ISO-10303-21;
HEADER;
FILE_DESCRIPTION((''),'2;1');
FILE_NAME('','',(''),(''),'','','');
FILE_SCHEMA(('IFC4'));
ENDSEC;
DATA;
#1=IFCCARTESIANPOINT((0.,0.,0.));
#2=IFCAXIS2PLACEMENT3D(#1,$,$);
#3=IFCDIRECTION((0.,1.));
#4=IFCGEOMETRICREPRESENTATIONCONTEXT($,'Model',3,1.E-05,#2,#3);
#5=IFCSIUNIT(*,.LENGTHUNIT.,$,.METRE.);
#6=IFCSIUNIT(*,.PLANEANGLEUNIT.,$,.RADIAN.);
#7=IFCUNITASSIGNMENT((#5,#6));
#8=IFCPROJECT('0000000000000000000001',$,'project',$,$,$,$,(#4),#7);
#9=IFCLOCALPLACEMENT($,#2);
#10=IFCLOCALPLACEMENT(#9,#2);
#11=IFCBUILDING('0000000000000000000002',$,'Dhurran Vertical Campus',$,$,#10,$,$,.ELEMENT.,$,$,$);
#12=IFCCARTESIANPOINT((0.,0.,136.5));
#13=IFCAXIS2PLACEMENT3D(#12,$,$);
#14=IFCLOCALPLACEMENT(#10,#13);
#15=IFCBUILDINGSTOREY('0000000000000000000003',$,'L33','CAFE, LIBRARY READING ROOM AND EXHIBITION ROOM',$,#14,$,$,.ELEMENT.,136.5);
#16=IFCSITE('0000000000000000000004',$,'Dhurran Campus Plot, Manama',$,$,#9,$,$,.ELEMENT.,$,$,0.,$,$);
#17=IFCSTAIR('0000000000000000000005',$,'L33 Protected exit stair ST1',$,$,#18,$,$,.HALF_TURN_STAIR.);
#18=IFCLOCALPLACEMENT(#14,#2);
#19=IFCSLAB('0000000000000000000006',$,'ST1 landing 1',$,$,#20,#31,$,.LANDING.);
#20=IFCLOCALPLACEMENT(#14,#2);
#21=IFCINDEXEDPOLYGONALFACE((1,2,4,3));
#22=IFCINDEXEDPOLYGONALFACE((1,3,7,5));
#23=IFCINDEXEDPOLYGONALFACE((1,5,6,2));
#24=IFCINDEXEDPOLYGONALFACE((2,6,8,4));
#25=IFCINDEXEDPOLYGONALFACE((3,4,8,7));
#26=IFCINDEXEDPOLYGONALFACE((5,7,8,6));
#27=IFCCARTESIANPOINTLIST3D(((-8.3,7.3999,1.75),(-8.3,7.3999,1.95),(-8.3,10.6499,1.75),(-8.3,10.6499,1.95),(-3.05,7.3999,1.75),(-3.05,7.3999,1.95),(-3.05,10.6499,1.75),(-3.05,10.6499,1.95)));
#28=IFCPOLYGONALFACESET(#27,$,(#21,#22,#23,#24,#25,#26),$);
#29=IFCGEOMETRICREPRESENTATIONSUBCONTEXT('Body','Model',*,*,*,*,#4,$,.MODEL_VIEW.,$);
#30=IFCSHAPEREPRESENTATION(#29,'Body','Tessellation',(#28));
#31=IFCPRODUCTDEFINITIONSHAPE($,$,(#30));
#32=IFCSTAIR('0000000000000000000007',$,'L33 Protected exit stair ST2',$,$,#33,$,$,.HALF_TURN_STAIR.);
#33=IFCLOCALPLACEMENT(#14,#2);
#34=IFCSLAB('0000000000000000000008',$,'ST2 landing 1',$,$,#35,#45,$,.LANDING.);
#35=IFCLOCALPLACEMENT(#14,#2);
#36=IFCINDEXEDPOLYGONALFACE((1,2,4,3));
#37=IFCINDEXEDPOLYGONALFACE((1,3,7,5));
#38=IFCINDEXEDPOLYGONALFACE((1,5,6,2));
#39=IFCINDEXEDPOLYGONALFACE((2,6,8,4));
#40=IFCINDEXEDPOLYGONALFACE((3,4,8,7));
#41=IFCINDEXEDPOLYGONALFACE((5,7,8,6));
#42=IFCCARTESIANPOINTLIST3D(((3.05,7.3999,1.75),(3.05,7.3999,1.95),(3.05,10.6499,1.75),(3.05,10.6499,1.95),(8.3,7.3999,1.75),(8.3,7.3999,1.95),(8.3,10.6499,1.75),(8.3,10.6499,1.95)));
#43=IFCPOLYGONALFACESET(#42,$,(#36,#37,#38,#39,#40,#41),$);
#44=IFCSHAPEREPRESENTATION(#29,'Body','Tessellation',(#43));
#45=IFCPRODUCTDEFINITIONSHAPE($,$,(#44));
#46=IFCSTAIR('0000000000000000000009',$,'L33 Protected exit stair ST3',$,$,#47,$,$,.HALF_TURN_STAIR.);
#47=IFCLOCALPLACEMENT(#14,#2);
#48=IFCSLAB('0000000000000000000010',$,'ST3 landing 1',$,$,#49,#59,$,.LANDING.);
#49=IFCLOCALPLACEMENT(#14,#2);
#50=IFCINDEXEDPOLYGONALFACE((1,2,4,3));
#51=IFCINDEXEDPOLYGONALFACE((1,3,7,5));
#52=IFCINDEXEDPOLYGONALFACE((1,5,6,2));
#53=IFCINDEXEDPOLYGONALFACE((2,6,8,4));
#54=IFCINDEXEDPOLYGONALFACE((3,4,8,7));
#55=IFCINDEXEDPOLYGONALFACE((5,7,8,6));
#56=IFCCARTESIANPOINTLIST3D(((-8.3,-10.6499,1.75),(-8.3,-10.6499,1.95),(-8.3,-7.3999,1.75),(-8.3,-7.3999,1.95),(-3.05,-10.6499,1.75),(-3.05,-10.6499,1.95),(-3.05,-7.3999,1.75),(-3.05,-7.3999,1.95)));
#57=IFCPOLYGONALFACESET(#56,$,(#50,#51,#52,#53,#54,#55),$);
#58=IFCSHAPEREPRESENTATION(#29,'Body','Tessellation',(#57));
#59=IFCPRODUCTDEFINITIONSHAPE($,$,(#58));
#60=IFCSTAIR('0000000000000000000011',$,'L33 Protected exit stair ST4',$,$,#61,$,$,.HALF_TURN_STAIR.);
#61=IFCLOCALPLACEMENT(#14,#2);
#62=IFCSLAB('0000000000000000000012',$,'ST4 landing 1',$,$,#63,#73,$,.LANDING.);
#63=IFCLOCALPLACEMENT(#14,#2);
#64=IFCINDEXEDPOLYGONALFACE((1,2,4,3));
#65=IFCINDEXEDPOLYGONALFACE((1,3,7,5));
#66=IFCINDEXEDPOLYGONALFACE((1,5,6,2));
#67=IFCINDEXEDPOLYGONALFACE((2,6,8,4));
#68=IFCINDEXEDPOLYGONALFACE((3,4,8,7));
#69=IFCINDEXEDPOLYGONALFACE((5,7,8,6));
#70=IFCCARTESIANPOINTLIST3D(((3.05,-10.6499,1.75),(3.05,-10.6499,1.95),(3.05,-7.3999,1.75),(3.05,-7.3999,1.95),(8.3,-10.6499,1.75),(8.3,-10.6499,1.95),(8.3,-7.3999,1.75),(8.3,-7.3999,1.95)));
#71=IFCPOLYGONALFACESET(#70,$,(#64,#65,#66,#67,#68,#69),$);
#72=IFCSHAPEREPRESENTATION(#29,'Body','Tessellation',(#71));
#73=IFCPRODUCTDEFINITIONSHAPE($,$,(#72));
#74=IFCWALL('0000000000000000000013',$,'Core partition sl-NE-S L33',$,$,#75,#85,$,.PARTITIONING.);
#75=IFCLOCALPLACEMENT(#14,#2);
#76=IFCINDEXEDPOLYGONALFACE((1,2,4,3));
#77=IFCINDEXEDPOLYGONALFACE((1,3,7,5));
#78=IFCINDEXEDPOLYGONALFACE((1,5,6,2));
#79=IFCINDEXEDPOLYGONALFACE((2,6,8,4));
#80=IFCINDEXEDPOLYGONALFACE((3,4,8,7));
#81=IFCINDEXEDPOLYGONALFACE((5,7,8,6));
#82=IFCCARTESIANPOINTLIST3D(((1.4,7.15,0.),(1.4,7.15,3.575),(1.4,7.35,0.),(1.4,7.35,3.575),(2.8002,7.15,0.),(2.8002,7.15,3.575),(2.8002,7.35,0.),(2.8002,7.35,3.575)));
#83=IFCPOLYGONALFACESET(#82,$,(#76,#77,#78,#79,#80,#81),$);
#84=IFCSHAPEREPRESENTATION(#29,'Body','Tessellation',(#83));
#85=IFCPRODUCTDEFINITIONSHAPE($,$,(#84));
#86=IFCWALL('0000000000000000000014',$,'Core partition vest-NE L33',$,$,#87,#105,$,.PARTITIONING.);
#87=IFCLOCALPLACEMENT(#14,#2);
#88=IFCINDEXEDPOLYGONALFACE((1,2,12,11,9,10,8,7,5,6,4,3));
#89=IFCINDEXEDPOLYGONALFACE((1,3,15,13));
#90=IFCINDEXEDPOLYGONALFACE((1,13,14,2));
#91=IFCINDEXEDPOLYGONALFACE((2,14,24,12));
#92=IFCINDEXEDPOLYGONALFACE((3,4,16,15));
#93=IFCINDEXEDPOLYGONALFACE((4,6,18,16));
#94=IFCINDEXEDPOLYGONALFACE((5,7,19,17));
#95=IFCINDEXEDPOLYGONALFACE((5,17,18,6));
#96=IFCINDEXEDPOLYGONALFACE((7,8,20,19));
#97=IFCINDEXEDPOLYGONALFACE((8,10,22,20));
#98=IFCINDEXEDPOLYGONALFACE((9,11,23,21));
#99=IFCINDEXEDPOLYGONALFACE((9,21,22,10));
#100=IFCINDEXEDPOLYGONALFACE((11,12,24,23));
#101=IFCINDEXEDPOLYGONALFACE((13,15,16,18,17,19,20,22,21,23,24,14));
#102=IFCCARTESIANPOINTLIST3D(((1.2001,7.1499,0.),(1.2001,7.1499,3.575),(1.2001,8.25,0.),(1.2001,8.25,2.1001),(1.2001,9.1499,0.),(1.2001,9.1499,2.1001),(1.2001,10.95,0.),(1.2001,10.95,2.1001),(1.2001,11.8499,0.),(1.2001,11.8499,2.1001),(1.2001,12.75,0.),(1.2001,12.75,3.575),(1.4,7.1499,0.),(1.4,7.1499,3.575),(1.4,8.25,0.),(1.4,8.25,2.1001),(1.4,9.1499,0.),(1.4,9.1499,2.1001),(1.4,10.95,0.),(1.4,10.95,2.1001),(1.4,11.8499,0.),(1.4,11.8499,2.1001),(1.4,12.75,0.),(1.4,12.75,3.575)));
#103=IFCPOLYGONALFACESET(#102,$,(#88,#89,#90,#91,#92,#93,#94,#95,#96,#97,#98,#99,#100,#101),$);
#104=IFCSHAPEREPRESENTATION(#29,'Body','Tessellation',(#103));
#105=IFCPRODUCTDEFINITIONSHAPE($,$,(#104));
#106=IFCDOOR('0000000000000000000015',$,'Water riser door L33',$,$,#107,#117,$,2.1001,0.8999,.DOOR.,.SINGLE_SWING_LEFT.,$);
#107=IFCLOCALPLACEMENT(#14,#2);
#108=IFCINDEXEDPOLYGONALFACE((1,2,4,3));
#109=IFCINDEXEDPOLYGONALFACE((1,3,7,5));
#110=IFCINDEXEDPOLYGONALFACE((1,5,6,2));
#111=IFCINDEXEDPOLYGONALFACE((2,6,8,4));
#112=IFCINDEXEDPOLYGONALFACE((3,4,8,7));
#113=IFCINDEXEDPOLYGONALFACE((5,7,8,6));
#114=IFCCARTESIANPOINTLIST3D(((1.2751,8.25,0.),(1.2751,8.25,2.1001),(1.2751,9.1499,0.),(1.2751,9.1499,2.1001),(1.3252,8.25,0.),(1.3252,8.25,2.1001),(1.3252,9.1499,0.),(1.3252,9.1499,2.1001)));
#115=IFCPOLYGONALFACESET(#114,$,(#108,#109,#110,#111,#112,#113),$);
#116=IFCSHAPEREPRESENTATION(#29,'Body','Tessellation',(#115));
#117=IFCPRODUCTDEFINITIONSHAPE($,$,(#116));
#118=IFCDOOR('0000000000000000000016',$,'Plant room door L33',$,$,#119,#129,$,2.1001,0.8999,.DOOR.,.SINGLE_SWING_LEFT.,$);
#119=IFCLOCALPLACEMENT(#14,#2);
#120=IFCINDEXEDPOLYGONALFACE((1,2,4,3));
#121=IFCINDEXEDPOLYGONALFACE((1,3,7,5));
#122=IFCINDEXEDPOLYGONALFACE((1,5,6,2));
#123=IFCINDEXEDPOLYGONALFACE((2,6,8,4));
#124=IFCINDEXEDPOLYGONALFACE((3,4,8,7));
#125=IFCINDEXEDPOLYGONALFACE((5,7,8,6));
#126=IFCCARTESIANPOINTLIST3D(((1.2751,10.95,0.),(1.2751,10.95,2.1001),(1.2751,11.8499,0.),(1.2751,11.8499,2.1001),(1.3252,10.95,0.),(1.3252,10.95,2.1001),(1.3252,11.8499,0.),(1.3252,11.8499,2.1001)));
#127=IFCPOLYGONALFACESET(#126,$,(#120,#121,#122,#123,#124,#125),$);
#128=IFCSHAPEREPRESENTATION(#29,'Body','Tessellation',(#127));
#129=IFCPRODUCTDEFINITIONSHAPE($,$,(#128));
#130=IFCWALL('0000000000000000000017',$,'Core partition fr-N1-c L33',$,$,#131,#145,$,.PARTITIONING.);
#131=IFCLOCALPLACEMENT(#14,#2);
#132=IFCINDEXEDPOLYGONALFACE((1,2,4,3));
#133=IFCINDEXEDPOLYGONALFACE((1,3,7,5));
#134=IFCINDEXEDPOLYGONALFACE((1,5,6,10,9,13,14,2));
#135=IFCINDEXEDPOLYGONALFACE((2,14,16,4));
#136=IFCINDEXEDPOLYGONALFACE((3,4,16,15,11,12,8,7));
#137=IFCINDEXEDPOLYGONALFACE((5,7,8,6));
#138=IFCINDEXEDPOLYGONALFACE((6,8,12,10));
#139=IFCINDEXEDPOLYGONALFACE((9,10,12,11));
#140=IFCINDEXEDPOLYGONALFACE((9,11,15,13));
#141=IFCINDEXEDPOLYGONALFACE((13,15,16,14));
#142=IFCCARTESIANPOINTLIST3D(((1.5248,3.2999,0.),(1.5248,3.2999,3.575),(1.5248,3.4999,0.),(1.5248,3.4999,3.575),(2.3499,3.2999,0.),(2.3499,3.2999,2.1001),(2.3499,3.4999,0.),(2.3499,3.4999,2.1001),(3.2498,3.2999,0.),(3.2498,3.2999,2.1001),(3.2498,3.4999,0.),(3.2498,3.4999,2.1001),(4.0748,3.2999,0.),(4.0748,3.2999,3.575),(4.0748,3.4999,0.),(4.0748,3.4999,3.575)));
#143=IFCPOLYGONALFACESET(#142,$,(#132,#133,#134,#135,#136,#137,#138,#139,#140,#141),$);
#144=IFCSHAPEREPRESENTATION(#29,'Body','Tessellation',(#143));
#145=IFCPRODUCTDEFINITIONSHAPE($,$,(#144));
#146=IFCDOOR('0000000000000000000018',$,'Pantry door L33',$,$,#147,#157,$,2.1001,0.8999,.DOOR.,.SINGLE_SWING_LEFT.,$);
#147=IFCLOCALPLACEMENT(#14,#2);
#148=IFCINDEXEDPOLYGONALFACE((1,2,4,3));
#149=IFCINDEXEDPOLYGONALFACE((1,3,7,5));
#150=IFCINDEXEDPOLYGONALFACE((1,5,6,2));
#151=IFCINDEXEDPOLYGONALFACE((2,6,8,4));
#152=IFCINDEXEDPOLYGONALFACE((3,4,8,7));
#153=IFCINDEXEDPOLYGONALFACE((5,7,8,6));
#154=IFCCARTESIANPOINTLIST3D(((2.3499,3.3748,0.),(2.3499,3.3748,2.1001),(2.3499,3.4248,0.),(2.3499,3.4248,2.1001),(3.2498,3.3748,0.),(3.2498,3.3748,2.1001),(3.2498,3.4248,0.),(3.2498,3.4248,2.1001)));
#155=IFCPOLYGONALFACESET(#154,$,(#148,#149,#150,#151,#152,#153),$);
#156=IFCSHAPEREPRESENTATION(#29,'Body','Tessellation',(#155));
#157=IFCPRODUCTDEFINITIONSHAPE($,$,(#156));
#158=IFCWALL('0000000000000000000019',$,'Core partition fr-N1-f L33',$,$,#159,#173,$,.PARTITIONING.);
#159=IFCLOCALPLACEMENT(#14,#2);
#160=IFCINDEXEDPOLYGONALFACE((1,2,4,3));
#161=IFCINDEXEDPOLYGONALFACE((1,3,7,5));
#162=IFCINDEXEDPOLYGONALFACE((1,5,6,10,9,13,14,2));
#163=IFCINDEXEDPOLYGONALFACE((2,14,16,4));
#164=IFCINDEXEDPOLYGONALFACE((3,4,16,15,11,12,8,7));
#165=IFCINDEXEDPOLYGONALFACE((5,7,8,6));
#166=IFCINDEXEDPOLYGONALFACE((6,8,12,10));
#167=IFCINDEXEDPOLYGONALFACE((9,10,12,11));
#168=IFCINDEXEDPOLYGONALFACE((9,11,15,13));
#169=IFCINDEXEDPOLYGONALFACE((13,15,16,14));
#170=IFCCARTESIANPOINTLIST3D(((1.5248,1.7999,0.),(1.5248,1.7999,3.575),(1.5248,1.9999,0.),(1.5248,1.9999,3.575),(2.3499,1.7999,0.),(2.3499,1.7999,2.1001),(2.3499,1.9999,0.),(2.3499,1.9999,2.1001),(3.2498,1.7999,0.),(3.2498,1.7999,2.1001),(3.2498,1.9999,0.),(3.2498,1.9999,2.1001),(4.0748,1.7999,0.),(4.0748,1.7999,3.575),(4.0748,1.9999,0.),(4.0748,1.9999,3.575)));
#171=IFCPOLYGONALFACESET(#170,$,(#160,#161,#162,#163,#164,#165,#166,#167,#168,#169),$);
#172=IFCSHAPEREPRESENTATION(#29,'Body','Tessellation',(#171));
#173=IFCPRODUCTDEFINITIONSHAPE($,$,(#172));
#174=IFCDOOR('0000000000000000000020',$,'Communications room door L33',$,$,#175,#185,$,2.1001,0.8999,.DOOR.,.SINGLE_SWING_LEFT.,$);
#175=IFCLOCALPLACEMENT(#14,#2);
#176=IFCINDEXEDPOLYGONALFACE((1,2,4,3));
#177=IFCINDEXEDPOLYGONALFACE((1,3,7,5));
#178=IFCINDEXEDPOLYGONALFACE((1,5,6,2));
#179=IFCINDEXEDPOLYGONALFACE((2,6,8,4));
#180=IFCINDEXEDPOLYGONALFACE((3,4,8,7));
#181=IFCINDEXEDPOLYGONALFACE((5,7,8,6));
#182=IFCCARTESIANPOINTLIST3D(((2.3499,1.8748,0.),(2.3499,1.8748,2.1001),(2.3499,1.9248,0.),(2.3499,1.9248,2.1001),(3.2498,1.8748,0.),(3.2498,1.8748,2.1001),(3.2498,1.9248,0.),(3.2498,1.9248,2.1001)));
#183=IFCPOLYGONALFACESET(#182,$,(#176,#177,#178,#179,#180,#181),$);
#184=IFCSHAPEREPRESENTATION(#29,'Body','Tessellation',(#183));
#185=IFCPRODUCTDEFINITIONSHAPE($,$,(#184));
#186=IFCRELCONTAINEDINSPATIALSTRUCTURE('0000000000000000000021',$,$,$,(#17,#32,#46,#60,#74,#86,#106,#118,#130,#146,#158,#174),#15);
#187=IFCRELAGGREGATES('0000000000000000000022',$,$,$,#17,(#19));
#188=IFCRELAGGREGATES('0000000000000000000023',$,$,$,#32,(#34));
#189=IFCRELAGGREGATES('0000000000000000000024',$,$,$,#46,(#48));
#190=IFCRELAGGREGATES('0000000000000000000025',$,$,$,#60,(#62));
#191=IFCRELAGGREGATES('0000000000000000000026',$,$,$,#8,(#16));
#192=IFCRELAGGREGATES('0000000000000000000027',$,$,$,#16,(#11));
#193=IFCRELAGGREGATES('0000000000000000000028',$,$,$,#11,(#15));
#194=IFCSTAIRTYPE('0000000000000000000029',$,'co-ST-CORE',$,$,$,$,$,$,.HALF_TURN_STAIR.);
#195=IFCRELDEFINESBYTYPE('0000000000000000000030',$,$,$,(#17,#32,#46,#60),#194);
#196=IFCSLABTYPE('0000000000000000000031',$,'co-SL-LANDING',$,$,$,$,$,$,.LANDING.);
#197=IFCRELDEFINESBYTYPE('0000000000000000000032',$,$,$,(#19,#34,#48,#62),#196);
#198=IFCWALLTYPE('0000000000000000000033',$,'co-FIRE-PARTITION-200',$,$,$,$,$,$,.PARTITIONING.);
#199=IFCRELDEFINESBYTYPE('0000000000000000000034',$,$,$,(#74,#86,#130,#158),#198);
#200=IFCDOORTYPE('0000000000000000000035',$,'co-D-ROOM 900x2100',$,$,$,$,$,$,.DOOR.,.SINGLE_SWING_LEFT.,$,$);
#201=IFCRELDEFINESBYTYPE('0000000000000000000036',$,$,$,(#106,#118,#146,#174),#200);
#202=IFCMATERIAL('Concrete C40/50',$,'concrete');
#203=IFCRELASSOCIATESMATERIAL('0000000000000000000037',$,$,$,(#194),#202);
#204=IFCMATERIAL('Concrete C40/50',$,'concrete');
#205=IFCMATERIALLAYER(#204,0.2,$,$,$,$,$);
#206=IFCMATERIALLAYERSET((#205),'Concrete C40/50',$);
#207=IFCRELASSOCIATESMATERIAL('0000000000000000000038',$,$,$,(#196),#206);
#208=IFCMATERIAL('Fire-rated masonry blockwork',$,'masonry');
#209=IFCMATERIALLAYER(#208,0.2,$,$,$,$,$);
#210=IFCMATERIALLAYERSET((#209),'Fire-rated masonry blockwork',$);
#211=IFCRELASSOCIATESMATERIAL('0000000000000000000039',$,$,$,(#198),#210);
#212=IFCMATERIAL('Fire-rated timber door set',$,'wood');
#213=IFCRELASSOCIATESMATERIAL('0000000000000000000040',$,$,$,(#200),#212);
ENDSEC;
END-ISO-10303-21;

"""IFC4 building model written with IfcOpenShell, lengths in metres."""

from ifc_helpers import new_model, si_unit, direction, frame, frame_2d, origin, place, context, subcontext, project, spatial, polyline, rectangle, outline, extrude, material, layer, layer_set, type_object, element, fill, aggregate, save


model = new_model("IFC4")

# Units and contexts
model_context = context("Model", 3, precision=1e-05, world=origin(), true_north=direction((0.0, 1.0)))
body_context = subcontext(model_context, "Body", "Model", "MODEL_VIEW")
ifc_project = project(units=[si_unit("LENGTHUNIT", "METRE"), si_unit("PLANEANGLEUNIT", "RADIAN")], contexts=[model_context])

# Site, building, storey
site_placement = place(None, origin())
site = spatial("IfcSite", under=ifc_project, at=site_placement, Name="Dhurran Campus Plot, Manama", CompositionType="ELEMENT", RefElevation=0.0)
building_placement = place(site_placement, origin())
building = spatial("IfcBuilding", under=site, at=building_placement, Name="Dhurran Vertical Campus", CompositionType="ELEMENT")
storey_placement = place(building_placement, frame((0.0, 0.0, 136.5)))
storey = spatial("IfcBuildingStorey", under=building, at=storey_placement, Name="L33", Description="CAFE, LIBRARY READING ROOM AND EXHIBITION ROOM", CompositionType="ELEMENT", Elevation=136.5)

# Stairs, slabs
ifc_material_1 = material(Name="Concrete C40/50", Category="concrete")
stair_type = type_object("IfcStairType", Name="co-ST-CORE", PredefinedType="HALF_TURN_STAIR", material=ifc_material_1)
stair_1_placement = place(storey_placement, origin())
stair_1 = element("IfcStair", 1, at=stair_1_placement, inside=storey, type_object=stair_type, Name="L33 Protected exit stair ST1", PredefinedType="HALF_TURN_STAIR")
ifc_material_2 = material(Name="Concrete C40/50", Category="concrete")
ifc_layer_1 = layer(ifc_material_2, 0.2)
ifc_layer_set_1 = layer_set([ifc_layer_1], Name="Concrete C40/50")
slab_type = type_object("IfcSlabType", Name="co-SL-LANDING", PredefinedType="LANDING", material=ifc_layer_set_1)
slab_1_placement = place(storey_placement, frame((0.0, 0.0, 1.75)))
slab_1 = element("IfcSlab", 2, at=slab_1_placement, type_object=slab_type, Name="ST1 landing 1", PredefinedType="LANDING", context=body_context, shape_type="SweptSolid", body=[
    extrude(outline(polyline([(-8.3, 7.3999), (-3.05, 7.3999), (-3.05, 10.6499), (-8.3, 10.6499), (-8.3, 7.3999)])), origin(), (0.0, 0.0, 1.0), 0.2),
])
aggregate(stair_1, [slab_1])
stair_2_placement = place(storey_placement, origin())
stair_2 = element("IfcStair", 3, at=stair_2_placement, inside=storey, type_object=stair_type, Name="L33 Protected exit stair ST2", PredefinedType="HALF_TURN_STAIR")
slab_2_placement = place(storey_placement, frame((0.0, 0.0, 1.75)))
slab_2 = element("IfcSlab", 4, at=slab_2_placement, type_object=slab_type, Name="ST2 landing 1", PredefinedType="LANDING", context=body_context, shape_type="SweptSolid", body=[
    extrude(outline(polyline([(8.3, 10.6499), (3.05, 10.6499), (3.05, 7.3999), (8.3, 7.3999), (8.3, 10.6499)])), origin(), (0.0, 0.0, 1.0), 0.2),
])
aggregate(stair_2, [slab_2])
stair_3_placement = place(storey_placement, origin())
stair_3 = element("IfcStair", 5, at=stair_3_placement, inside=storey, type_object=stair_type, Name="L33 Protected exit stair ST3", PredefinedType="HALF_TURN_STAIR")
slab_3_placement = place(storey_placement, frame((0.0, 0.0, 1.75)))
slab_3 = element("IfcSlab", 6, at=slab_3_placement, type_object=slab_type, Name="ST3 landing 1", PredefinedType="LANDING", context=body_context, shape_type="SweptSolid", body=[
    extrude(outline(polyline([(-8.3, -10.6499), (-3.05, -10.6499), (-3.05, -7.3999), (-8.3, -7.3999), (-8.3, -10.6499)])), origin(), (0.0, 0.0, 1.0), 0.2),
])
aggregate(stair_3, [slab_3])
stair_4_placement = place(storey_placement, origin())
stair_4 = element("IfcStair", 7, at=stair_4_placement, inside=storey, type_object=stair_type, Name="L33 Protected exit stair ST4", PredefinedType="HALF_TURN_STAIR")
slab_4_placement = place(storey_placement, frame((0.0, 0.0, 1.75)))
slab_4 = element("IfcSlab", 8, at=slab_4_placement, type_object=slab_type, Name="ST4 landing 1", PredefinedType="LANDING", context=body_context, shape_type="SweptSolid", body=[
    extrude(outline(polyline([(8.3, -7.3999), (3.05, -7.3999), (3.05, -10.6499), (8.3, -10.6499), (8.3, -7.3999)])), origin(), (0.0, 0.0, 1.0), 0.2),
])
aggregate(stair_4, [slab_4])

# Wall
ifc_material_3 = material(Name="Fire-rated masonry blockwork", Category="masonry")
ifc_layer_2 = layer(ifc_material_3, 0.2)
ifc_layer_set_2 = layer_set([ifc_layer_2], Name="Fire-rated masonry blockwork")
wall_type_1 = type_object("IfcWallType", Name="co-FIRE-PARTITION-200", PredefinedType="PARTITIONING", material=ifc_layer_set_2)
wall_1_placement = place(storey_placement, frame((1.3999, 7.25, 0.0), z_axis=(0.0, 0.0, 1.0), x_axis=(1.0, 0.0, 0.0)))
element("IfcWall", 9, at=wall_1_placement, inside=storey, type_object=wall_type_1, Name="Core partition sl-NE-S L33", PredefinedType="PARTITIONING", context=body_context, shape_type="SweptSolid", body=[
    extrude(rectangle(XDim=1.4001, YDim=0.2, at=frame_2d((0.7002, 0.0))), origin(), (0.0, 0.0, 1.0), 3.575),
])

# Wall, openings, doors
wall_2_placement = place(storey_placement, frame((1.3, 7.1499, 0.0), z_axis=(0.0, 0.0, 1.0), x_axis=(0.0, 1.0, 0.0)))
wall_2 = element("IfcWall", 10, at=wall_2_placement, inside=storey, type_object=wall_type_1, Name="Core partition vest-NE L33", PredefinedType="PARTITIONING", context=body_context, shape_type="SweptSolid", body=[
    extrude(rectangle(XDim=5.6001, YDim=0.2, at=frame_2d((2.8, 0.0))), origin(), (0.0, 0.0, 1.0), 3.575),
])
opening_1_placement = place(wall_2_placement, frame((1.1001, 0.0, 0.0)))
opening_1 = element("IfcOpeningElement", 11, at=opening_1_placement, cuts=wall_2, PredefinedType="OPENING", context=body_context, shape_type="SweptSolid", body=[
    extrude(rectangle(XDim=0.8999, YDim=2.1001, at=frame_2d((0.45, 1.05))), frame((0.0, 0.1099, 0.0), z_axis=(0.0, -1.0, 0.0), x_axis=(1.0, 0.0, 0.0)), (0.0, 0.0, 1.0), 0.22),
])
opening_2_placement = place(wall_2_placement, frame((3.8, 0.0, 0.0)))
opening_2 = element("IfcOpeningElement", 12, at=opening_2_placement, cuts=wall_2, PredefinedType="OPENING", context=body_context, shape_type="SweptSolid", body=[
    extrude(rectangle(XDim=0.8999, YDim=2.1001, at=frame_2d((0.45, 1.05))), frame((0.0, 0.1099, 0.0), z_axis=(0.0, -1.0, 0.0), x_axis=(1.0, 0.0, 0.0)), (0.0, 0.0, 1.0), 0.22),
])
ifc_material_4 = material(Name="Fire-rated timber door set", Category="wood")
door_type_1 = type_object("IfcDoorType", Name="co-D-ROOM 900x2100", OperationType="SINGLE_SWING_LEFT", PredefinedType="DOOR", material=ifc_material_4)
door_1_placement = place(opening_1_placement, origin())
door_1 = element("IfcDoor", 13, at=door_1_placement, inside=storey, type_object=door_type_1, Name="Water riser door L33", OperationType="SINGLE_SWING_LEFT", OverallHeight=2.1001, OverallWidth=0.8999, PredefinedType="DOOR", context=body_context, shape_type="SweptSolid", body=[
    extrude(rectangle(XDim=0.8999, YDim=2.1001, at=frame_2d((0.45, 1.05))), frame((0.0, 0.0249, 0.0), z_axis=(0.0, -1.0, 0.0), x_axis=(1.0, 0.0, 0.0)), (0.0, 0.0, 1.0), 0.05),
])
fill(opening_1, door_1)
door_2_placement = place(opening_2_placement, origin())
door_2 = element("IfcDoor", 14, at=door_2_placement, inside=storey, type_object=door_type_1, Name="Plant room door L33", OperationType="SINGLE_SWING_LEFT", OverallHeight=2.1001, OverallWidth=0.8999, PredefinedType="DOOR", context=body_context, shape_type="SweptSolid", body=[
    extrude(rectangle(XDim=0.8999, YDim=2.1001, at=frame_2d((0.45, 1.05))), frame((0.0, 0.0249, 0.0), z_axis=(0.0, -1.0, 0.0), x_axis=(1.0, 0.0, 0.0)), (0.0, 0.0, 1.0), 0.05),
])
fill(opening_2, door_2)

# Walls, openings, doors
wall_3_placement = place(storey_placement, frame((1.5249, 3.3999, 0.0), z_axis=(0.0, 0.0, 1.0), x_axis=(1.0, 0.0, 0.0)))
wall_3 = element("IfcWall", 15, at=wall_3_placement, inside=storey, type_object=wall_type_1, Name="Core partition fr-N1-c L33", PredefinedType="PARTITIONING", context=body_context, shape_type="SweptSolid", body=[
    extrude(rectangle(XDim=2.55, YDim=0.2, at=frame_2d((1.2749, 0.0))), origin(), (0.0, 0.0, 1.0), 3.575),
])
opening_3_placement = place(wall_3_placement, frame((0.825, 0.0, 0.0)))
opening_3 = element("IfcOpeningElement", 16, at=opening_3_placement, cuts=wall_3, PredefinedType="OPENING", context=body_context, shape_type="SweptSolid", body=[
    extrude(rectangle(XDim=0.8999, YDim=2.1001, at=frame_2d((0.45, 1.05))), frame((0.0, 0.1099, 0.0), z_axis=(0.0, -1.0, 0.0), x_axis=(1.0, 0.0, 0.0)), (0.0, 0.0, 1.0), 0.22),
])
door_3_placement = place(opening_3_placement, origin())
door_3 = element("IfcDoor", 17, at=door_3_placement, inside=storey, type_object=door_type_1, Name="Pantry door L33", OperationType="SINGLE_SWING_LEFT", OverallHeight=2.1001, OverallWidth=0.8999, PredefinedType="DOOR", context=body_context, shape_type="SweptSolid", body=[
    extrude(rectangle(XDim=0.8999, YDim=2.1001, at=frame_2d((0.45, 1.05))), frame((0.0, 0.0249, 0.0), z_axis=(0.0, -1.0, 0.0), x_axis=(1.0, 0.0, 0.0)), (0.0, 0.0, 1.0), 0.05),
])
fill(opening_3, door_3)
wall_4_placement = place(storey_placement, frame((1.5249, 1.8999, 0.0), z_axis=(0.0, 0.0, 1.0), x_axis=(1.0, 0.0, 0.0)))
wall_4 = element("IfcWall", 18, at=wall_4_placement, inside=storey, type_object=wall_type_1, Name="Core partition fr-N1-f L33", PredefinedType="PARTITIONING", context=body_context, shape_type="SweptSolid", body=[
    extrude(rectangle(XDim=2.55, YDim=0.2, at=frame_2d((1.2749, 0.0))), origin(), (0.0, 0.0, 1.0), 3.575),
])
opening_4_placement = place(wall_4_placement, frame((0.825, 0.0, 0.0)))
opening_4 = element("IfcOpeningElement", 19, at=opening_4_placement, cuts=wall_4, PredefinedType="OPENING", context=body_context, shape_type="SweptSolid", body=[
    extrude(rectangle(XDim=0.8999, YDim=2.1001, at=frame_2d((0.45, 1.05))), frame((0.0, 0.1099, 0.0), z_axis=(0.0, -1.0, 0.0), x_axis=(1.0, 0.0, 0.0)), (0.0, 0.0, 1.0), 0.22),
])
door_4_placement = place(opening_4_placement, origin())
door_4 = element("IfcDoor", 20, at=door_4_placement, inside=storey, type_object=door_type_1, Name="Communications room door L33", OperationType="SINGLE_SWING_LEFT", OverallHeight=2.1001, OverallWidth=0.8999, PredefinedType="DOOR", context=body_context, shape_type="SweptSolid", body=[
    extrude(rectangle(XDim=0.8999, YDim=2.1001, at=frame_2d((0.45, 1.05))), frame((0.0, 0.0249, 0.0), z_axis=(0.0, -1.0, 0.0), x_axis=(1.0, 0.0, 0.0)), (0.0, 0.0, 1.0), 0.05),
])
fill(opening_4, door_4)

save(model, "model.ifc")
